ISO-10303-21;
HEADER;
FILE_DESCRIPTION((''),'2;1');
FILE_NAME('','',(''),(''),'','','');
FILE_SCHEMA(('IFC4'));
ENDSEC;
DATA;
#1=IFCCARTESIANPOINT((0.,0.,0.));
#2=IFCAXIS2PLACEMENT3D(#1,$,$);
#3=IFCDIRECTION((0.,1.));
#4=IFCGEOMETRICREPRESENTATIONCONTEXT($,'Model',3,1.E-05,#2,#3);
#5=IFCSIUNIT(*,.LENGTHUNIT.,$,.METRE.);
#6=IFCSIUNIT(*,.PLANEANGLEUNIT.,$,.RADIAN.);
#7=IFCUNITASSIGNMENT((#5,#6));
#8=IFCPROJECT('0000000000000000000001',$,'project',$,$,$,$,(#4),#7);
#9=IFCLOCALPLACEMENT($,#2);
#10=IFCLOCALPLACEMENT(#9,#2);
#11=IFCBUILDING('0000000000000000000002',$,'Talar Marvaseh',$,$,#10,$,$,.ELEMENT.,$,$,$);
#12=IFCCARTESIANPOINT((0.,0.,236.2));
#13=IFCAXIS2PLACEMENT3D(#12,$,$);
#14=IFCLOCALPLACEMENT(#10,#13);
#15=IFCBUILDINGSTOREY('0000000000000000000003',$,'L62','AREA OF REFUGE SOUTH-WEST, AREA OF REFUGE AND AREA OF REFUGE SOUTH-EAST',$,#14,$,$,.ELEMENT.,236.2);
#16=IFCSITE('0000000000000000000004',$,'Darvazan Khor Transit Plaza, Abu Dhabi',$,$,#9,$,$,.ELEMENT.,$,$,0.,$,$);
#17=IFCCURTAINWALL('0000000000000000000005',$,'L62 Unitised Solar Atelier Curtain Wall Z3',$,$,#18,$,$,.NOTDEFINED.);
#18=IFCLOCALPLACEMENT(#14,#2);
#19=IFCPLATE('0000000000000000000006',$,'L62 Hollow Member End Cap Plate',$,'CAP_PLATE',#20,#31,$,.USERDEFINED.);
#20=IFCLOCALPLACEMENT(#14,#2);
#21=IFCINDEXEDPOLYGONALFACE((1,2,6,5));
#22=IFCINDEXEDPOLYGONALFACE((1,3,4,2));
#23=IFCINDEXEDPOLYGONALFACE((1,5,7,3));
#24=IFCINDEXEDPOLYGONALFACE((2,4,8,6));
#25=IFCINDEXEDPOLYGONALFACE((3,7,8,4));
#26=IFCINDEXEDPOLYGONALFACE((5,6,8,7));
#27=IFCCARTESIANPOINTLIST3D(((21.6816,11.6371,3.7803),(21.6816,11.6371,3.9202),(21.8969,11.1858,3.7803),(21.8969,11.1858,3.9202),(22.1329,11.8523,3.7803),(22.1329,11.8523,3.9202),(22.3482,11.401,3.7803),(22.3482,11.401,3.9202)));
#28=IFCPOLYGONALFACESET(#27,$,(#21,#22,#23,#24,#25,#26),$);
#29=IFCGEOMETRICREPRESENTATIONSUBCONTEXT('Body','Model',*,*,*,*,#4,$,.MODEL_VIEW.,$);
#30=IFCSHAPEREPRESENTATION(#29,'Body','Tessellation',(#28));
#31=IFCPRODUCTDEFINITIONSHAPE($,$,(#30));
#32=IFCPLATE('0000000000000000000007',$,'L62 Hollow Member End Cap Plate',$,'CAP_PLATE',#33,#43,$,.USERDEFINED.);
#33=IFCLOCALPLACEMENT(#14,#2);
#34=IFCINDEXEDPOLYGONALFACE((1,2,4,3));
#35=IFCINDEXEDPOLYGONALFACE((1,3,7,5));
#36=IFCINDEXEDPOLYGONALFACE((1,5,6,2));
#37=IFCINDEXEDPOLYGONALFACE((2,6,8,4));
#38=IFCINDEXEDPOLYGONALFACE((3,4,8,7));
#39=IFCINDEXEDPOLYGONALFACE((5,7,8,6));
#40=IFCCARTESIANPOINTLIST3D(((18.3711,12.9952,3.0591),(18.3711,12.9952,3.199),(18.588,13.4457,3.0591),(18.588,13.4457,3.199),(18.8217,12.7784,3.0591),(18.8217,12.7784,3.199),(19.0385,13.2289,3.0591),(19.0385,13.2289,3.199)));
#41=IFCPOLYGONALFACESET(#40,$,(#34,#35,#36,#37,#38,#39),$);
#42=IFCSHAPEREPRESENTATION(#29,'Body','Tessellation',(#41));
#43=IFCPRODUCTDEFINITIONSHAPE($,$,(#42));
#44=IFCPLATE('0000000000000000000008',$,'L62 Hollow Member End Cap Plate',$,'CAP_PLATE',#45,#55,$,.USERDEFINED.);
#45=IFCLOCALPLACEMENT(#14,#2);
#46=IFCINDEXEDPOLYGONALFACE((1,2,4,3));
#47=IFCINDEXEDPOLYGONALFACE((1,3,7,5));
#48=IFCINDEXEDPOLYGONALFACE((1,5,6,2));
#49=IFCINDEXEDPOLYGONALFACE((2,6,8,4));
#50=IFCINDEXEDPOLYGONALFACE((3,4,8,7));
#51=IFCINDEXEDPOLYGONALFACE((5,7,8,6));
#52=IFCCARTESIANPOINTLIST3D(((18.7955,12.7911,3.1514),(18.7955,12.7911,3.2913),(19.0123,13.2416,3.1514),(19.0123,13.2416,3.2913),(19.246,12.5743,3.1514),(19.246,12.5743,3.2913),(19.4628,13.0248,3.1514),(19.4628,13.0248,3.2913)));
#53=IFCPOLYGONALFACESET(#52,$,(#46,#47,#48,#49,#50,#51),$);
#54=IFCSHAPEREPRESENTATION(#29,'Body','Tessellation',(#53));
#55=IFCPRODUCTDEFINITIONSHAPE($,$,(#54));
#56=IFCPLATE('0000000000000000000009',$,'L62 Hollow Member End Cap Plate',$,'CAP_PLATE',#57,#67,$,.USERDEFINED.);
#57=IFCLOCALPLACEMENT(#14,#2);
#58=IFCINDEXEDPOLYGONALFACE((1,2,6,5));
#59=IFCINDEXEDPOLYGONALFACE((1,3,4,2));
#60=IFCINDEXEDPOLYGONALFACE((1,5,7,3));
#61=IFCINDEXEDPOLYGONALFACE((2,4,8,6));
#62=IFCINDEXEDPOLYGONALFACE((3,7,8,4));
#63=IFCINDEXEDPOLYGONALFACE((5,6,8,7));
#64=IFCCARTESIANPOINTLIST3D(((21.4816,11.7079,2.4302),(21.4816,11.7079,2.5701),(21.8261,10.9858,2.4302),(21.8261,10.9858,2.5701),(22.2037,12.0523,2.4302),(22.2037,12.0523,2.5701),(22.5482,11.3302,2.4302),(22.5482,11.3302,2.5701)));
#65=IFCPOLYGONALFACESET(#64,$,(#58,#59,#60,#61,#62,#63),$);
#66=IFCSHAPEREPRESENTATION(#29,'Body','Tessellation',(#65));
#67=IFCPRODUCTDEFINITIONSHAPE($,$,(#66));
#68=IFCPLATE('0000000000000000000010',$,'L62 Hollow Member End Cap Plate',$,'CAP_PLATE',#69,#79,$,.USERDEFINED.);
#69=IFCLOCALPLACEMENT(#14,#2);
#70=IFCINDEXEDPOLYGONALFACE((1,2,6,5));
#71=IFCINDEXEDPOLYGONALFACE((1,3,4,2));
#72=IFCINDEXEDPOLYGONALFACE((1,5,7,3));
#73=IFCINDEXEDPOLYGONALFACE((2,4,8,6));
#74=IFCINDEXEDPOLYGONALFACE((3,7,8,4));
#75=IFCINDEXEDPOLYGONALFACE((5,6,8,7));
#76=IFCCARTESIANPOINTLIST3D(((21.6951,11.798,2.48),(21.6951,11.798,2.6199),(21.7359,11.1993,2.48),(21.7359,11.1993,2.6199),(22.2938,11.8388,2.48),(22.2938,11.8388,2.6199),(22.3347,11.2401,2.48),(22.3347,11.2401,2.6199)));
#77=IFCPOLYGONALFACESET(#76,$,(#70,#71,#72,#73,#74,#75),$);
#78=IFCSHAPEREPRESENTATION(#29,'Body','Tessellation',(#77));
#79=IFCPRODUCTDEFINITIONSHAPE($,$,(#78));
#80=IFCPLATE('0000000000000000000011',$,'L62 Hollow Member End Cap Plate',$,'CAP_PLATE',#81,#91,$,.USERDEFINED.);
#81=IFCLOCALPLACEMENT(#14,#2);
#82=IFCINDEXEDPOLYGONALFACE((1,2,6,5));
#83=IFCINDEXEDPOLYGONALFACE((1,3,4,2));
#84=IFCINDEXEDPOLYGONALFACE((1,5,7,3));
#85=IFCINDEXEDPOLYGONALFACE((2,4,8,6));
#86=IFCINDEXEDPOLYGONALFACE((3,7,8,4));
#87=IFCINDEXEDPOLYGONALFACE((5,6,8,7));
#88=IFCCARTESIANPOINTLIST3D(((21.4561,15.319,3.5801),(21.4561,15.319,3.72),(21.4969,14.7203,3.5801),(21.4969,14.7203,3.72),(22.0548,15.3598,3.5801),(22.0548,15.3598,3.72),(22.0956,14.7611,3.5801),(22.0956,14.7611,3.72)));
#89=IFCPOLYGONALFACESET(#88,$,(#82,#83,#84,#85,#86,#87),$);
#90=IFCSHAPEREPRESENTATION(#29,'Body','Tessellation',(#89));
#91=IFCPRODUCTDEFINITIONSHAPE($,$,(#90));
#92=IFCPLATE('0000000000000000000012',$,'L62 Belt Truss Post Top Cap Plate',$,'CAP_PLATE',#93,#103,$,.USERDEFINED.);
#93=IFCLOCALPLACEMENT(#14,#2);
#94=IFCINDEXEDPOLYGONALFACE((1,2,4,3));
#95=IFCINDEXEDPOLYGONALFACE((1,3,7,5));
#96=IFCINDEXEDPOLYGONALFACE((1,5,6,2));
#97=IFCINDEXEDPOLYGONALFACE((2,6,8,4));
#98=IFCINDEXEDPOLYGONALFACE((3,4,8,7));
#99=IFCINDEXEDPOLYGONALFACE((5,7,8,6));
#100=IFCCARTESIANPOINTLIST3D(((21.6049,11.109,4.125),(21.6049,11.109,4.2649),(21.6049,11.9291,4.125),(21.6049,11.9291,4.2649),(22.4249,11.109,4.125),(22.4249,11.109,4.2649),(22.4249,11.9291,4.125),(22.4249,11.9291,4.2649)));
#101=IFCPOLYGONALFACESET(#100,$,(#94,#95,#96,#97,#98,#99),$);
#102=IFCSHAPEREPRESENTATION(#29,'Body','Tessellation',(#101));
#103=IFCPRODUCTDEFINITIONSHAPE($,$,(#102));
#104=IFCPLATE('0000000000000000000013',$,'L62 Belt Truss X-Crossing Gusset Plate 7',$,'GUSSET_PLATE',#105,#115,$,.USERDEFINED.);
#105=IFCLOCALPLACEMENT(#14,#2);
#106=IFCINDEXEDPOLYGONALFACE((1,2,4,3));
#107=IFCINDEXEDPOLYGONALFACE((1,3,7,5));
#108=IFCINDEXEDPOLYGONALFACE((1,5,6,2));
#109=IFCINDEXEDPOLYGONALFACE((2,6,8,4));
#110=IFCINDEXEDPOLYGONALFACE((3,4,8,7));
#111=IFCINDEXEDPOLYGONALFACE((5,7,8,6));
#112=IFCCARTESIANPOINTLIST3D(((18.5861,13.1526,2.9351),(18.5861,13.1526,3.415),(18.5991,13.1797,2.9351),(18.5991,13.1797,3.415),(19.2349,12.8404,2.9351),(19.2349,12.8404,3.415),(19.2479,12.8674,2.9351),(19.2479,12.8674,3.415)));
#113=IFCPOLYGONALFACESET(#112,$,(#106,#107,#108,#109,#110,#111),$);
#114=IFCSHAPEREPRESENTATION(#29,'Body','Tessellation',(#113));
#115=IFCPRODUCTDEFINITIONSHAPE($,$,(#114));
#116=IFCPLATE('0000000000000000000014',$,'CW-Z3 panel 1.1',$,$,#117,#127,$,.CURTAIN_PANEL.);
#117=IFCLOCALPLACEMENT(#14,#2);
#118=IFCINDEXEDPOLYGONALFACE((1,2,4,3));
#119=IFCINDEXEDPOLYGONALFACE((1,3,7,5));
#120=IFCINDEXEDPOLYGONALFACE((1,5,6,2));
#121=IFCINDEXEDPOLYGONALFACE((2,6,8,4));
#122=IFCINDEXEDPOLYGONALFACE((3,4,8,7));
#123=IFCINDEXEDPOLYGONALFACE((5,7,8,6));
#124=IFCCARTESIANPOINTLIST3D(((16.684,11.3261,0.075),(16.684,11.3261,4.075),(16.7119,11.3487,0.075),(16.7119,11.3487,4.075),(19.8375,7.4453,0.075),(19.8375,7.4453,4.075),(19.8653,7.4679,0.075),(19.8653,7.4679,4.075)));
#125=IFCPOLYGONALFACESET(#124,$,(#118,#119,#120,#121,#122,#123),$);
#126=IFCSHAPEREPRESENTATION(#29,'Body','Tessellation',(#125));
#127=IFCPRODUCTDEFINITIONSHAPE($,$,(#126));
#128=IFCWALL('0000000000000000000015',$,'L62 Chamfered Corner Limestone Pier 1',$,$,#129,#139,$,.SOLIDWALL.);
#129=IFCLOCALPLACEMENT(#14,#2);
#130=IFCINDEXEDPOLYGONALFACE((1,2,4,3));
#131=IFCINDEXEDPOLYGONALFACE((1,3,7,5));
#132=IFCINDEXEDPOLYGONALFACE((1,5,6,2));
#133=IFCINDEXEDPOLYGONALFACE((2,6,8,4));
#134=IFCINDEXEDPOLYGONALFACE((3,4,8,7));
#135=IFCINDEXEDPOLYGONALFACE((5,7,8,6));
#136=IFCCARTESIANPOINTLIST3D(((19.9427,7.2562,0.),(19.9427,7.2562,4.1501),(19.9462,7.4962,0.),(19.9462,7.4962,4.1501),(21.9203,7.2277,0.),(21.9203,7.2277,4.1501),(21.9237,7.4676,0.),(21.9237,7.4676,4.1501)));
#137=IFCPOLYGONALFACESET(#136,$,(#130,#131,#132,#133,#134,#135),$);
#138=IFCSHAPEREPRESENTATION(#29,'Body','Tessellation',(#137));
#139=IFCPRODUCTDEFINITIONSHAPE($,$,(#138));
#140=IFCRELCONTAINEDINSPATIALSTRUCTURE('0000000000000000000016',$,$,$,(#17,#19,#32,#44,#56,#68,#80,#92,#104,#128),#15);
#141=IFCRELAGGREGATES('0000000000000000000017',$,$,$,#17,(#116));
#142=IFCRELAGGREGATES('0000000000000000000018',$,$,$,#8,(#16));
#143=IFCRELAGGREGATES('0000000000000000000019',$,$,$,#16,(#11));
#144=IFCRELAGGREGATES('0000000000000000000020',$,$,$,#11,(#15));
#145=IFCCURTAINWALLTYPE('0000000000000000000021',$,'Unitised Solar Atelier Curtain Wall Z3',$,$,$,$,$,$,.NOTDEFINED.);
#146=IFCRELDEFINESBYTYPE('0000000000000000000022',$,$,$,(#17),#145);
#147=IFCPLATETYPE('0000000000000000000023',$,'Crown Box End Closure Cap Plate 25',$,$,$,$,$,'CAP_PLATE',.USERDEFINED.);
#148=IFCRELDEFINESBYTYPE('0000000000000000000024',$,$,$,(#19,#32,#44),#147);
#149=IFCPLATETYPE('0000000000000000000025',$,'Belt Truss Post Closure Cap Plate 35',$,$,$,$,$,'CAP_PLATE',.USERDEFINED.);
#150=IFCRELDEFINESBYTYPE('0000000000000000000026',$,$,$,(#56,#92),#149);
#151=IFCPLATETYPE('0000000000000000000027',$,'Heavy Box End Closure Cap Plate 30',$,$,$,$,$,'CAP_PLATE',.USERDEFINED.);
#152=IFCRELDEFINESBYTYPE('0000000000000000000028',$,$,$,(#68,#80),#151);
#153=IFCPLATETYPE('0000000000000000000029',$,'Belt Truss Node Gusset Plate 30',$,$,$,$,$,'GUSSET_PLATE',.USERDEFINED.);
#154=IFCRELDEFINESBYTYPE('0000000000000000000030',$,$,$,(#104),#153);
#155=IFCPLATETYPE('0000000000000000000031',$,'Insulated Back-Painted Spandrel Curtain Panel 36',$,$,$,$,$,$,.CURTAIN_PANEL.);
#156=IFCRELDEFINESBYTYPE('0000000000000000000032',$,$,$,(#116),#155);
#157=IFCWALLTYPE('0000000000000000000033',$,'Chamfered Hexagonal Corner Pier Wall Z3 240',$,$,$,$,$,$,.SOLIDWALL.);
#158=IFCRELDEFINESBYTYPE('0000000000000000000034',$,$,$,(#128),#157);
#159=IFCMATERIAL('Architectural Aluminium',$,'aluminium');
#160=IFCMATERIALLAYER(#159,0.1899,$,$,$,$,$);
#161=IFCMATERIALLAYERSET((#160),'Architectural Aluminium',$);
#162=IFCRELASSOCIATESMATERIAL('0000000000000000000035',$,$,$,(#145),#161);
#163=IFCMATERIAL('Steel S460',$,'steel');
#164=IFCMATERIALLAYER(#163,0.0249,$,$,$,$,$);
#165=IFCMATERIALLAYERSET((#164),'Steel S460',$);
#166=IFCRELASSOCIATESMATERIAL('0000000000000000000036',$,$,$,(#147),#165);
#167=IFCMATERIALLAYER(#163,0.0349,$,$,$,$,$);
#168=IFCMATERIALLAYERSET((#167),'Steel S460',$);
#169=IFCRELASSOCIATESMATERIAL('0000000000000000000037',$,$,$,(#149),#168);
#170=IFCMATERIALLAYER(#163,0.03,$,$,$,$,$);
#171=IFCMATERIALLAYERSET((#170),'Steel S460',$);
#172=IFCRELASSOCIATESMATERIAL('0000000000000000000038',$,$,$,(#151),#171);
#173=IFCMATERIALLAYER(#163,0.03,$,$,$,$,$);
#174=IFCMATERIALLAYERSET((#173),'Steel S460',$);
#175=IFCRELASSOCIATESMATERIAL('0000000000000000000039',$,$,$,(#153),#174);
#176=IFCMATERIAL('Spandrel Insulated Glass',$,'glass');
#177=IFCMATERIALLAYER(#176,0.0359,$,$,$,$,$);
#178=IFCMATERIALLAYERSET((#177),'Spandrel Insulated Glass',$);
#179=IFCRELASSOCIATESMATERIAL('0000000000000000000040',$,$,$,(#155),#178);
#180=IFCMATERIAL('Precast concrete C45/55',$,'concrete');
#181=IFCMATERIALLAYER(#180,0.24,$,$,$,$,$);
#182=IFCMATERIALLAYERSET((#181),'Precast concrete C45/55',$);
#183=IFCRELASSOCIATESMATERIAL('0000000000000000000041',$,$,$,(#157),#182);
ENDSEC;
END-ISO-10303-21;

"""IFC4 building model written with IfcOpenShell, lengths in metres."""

from ifc_helpers import new_model, si_unit, direction, frame, frame_2d, origin, origin_2d, place, context, subcontext, project, spatial, rectangle, extrude, source, transform, mapped, material, layer, layer_set, type_object, type_shapes, element, aggregate, save


model = new_model("IFC4")

# Units and contexts
model_context = context("Model", 3, precision=1e-05, world=origin(), true_north=direction((0.0, 1.0)))
body_context = subcontext(model_context, "Body", "Model", "MODEL_VIEW")
ifc_project = project(units=[si_unit("LENGTHUNIT", "METRE"), si_unit("PLANEANGLEUNIT", "RADIAN")], contexts=[model_context])

# Site, building, storey
site_placement = place(None, origin())
site = spatial("IfcSite", under=ifc_project, at=site_placement, Name="Darvazan Khor Transit Plaza, Abu Dhabi", CompositionType="ELEMENT", RefElevation=0.0)
building_placement = place(site_placement, origin())
building = spatial("IfcBuilding", under=site, at=building_placement, Name="Talar Marvaseh", CompositionType="ELEMENT")
storey_placement = place(building_placement, frame((0.0, 0.0, 236.2)))
storey = spatial("IfcBuildingStorey", under=building, at=storey_placement, Name="L62", Description="AREA OF REFUGE SOUTH-WEST, AREA OF REFUGE AND AREA OF REFUGE SOUTH-EAST", CompositionType="ELEMENT", Elevation=236.2)

# Shared definitions
ifc_material_1 = material(Name="Steel S460", Category="steel")

# Curtain wall
ifc_material_2 = material(Name="Architectural Aluminium", Category="aluminium")
ifc_layer_1 = layer(ifc_material_2, 0.1899)
ifc_layer_set_1 = layer_set([ifc_layer_1], Name="Architectural Aluminium")
curtain_wall_type = type_object("IfcCurtainWallType", Name="Unitised Solar Atelier Curtain Wall Z3", PredefinedType="NOTDEFINED", material=ifc_layer_set_1)
curtain_wall_1_placement = place(storey_placement, origin())
curtain_wall_1 = element("IfcCurtainWall", 1, at=curtain_wall_1_placement, inside=storey, type_object=curtain_wall_type, Name="L62 Unitised Solar Atelier Curtain Wall Z3", PredefinedType="NOTDEFINED")

# Plates
ifc_layer_2 = layer(ifc_material_1, 0.0249)
ifc_layer_set_2 = layer_set([ifc_layer_2], Name="Steel S460")
plate_type_1 = type_object("IfcPlateType", Name="Crown Box End Closure Cap Plate 25", ElementType="CAP_PLATE", PredefinedType="USERDEFINED", material=ifc_layer_set_2)
shared_shape_1 = source(origin(), body_context, "Body", "SweptSolid", [
    extrude(rectangle(XDim=0.5, YDim=0.5, at=origin_2d()), origin(), (0.0, 0.0, 1.0), 0.1399),
])
type_shapes(plate_type_1, [shared_shape_1])
for number, where, z_axis, x_axis, name in (
    (2, (22.0149, 11.519, 3.7803), (0.0, 0.0, 1.0), (-0.902585, -0.430511, 0.0), "L62 Hollow Member End Cap Plate"),
    (3, (18.7048, 13.1121, 3.0591), (0.0, 0.0, 1.0), (0.901077, -0.433659, 0.0), "L62 Hollow Member End Cap Plate"),
    (4, (19.1292, 12.908, 3.1514), (0.0, 0.0, 1.0), (0.901077, -0.433659, 0.0), "L62 Hollow Member End Cap Plate"),
):
    element("IfcPlate", number, at=place(storey_placement, frame(where, z_axis=z_axis, x_axis=x_axis)), inside=storey, type_object=plate_type_1, Name=name, ObjectType="CAP_PLATE", PredefinedType="USERDEFINED", context=body_context, shape_type="MappedRepresentation", body=[
        mapped(shared_shape_1, transform((0.0, 0.0, 0.0), x_axis=(1.0, 0.0, 0.0), y_axis=(0.0, 1.0, 0.0), z_axis=(0.0, 0.0, 1.0), scale=1.0)),
    ])
ifc_layer_3 = layer(ifc_material_1, 0.0349)
ifc_layer_set_3 = layer_set([ifc_layer_3], Name="Steel S460")
plate_type_2 = type_object("IfcPlateType", Name="Belt Truss Post Closure Cap Plate 35", ElementType="CAP_PLATE", PredefinedType="USERDEFINED", material=ifc_layer_set_3)
shared_shape_2 = source(origin(), body_context, "Body", "SweptSolid", [
    extrude(rectangle(XDim=0.8, YDim=0.8, at=origin_2d()), origin(), (0.0, 0.0, 1.0), 0.1399),
])
plate_1_placement = place(storey_placement, frame((22.0149, 11.519, 2.4302), z_axis=(0.0, 0.0, 1.0), x_axis=(-0.902585, -0.430511, 0.0)))
element("IfcPlate", 5, at=plate_1_placement, inside=storey, type_object=plate_type_2, Name="L62 Hollow Member End Cap Plate", ObjectType="CAP_PLATE", PredefinedType="USERDEFINED", context=body_context, shape_type="MappedRepresentation", body=[
    mapped(shared_shape_2, transform((0.0, 0.0, 0.0), x_axis=(1.0, 0.0, 0.0), y_axis=(0.0, 1.0, 0.0), z_axis=(0.0, 0.0, 1.0), scale=1.0)),
])
ifc_layer_4 = layer(ifc_material_1, 0.03)
ifc_layer_set_4 = layer_set([ifc_layer_4], Name="Steel S460")
plate_type_3 = type_object("IfcPlateType", Name="Heavy Box End Closure Cap Plate 30", ElementType="CAP_PLATE", PredefinedType="USERDEFINED", material=ifc_layer_set_4)
shared_shape_3 = source(origin(), body_context, "Body", "SweptSolid", [
    extrude(rectangle(XDim=0.6001, YDim=0.6001, at=origin_2d()), origin(), (0.0, 0.0, 1.0), 0.1399),
])
type_shapes(plate_type_3, [shared_shape_3])
for number, where, z_axis, x_axis, name in (
    (6, (22.0149, 11.519, 2.48), (0.0, 0.0, 1.0), (-0.068015, 0.997684, 0.0), "L62 Hollow Member End Cap Plate"),
    (7, (21.7759, 15.04, 3.5801), (0.0, 0.0, 1.0), (-0.068015, 0.997684, 0.0), "L62 Hollow Member End Cap Plate"),
):
    element("IfcPlate", number, at=place(storey_placement, frame(where, z_axis=z_axis, x_axis=x_axis)), inside=storey, type_object=plate_type_3, Name=name, ObjectType="CAP_PLATE", PredefinedType="USERDEFINED", context=body_context, shape_type="MappedRepresentation", body=[
        mapped(shared_shape_3, transform((0.0, 0.0, 0.0), x_axis=(1.0, 0.0, 0.0), y_axis=(0.0, 1.0, 0.0), z_axis=(0.0, 0.0, 1.0), scale=1.0)),
    ])
shared_shape_4 = source(origin(), body_context, "Body", "SweptSolid", [
    extrude(rectangle(XDim=0.8201, YDim=0.8201, at=origin_2d()), origin(), (0.0, 0.0, 1.0), 0.1399),
])
type_shapes(plate_type_2, [shared_shape_2, shared_shape_4])
plate_2_placement = place(storey_placement, frame((22.0149, 11.519, 4.125), z_axis=(0.0, 0.0, 1.0), x_axis=(1.0, 0.0, 0.0)))
element("IfcPlate", 8, at=plate_2_placement, inside=storey, type_object=plate_type_2, Name="L62 Belt Truss Post Top Cap Plate", ObjectType="CAP_PLATE", PredefinedType="USERDEFINED", context=body_context, shape_type="MappedRepresentation", body=[
    mapped(shared_shape_4, transform((0.0, 0.0, 0.0), x_axis=(1.0, 0.0, 0.0), y_axis=(0.0, 1.0, 0.0), z_axis=(0.0, 0.0, 1.0), scale=1.0)),
])
ifc_layer_5 = layer(ifc_material_1, 0.03)
ifc_layer_set_5 = layer_set([ifc_layer_5], Name="Steel S460")
plate_type_4 = type_object("IfcPlateType", Name="Belt Truss Node Gusset Plate 30", ElementType="GUSSET_PLATE", PredefinedType="USERDEFINED", material=ifc_layer_set_5)
shared_shape_5 = source(origin(), body_context, "Body", "SweptSolid", [
    extrude(rectangle(XDim=0.72, YDim=0.03, at=origin_2d()), origin(), (0.0, 0.0, 1.0), 0.48),
])
type_shapes(plate_type_4, [shared_shape_5])
plate_3_placement = place(storey_placement, frame((18.917, 13.01, 2.9351), z_axis=(0.0, 0.0, 1.0), x_axis=(-0.901077, 0.433659, 0.0)))
element("IfcPlate", 9, at=plate_3_placement, inside=storey, type_object=plate_type_4, Name="L62 Belt Truss X-Crossing Gusset Plate 7", ObjectType="GUSSET_PLATE", PredefinedType="USERDEFINED", context=body_context, shape_type="MappedRepresentation", body=[
    mapped(shared_shape_5, transform((0.0, 0.0, 0.0), x_axis=(1.0, 0.0, 0.0), y_axis=(0.0, 1.0, 0.0), z_axis=(0.0, 0.0, 1.0), scale=1.0)),
])

# Plate
ifc_material_3 = material(Name="Spandrel Insulated Glass", Category="glass")
ifc_layer_6 = layer(ifc_material_3, 0.0359)
ifc_layer_set_6 = layer_set([ifc_layer_6], Name="Spandrel Insulated Glass")
plate_type_5 = type_object("IfcPlateType", Name="Insulated Back-Painted Spandrel Curtain Panel 36", PredefinedType="CURTAIN_PANEL", material=ifc_layer_set_6)
shared_shape_6 = source(origin(), body_context, "Body", "SweptSolid", [
    extrude(rectangle(XDim=5.0005, YDim=0.0359, at=origin_2d()), origin(), (0.0, 0.0, 1.0), 4.0),
])
type_shapes(plate_type_5, [shared_shape_6])
plate_4_placement = place(storey_placement, frame((18.2747, 9.397, 0.075), z_axis=(0.0, 0.0, 1.0), x_axis=(-0.630627, 0.776086, 0.0)))
plate_4 = element("IfcPlate", 10, at=plate_4_placement, type_object=plate_type_5, Name="CW-Z3 panel 1.1", PredefinedType="CURTAIN_PANEL", context=body_context, shape_type="MappedRepresentation", body=[
    mapped(shared_shape_6, transform((0.0, 0.0, 0.0), x_axis=(1.0, 0.0, 0.0), y_axis=(0.0, 1.0, 0.0), z_axis=(0.0, 0.0, 1.0), scale=1.0)),
])
aggregate(curtain_wall_1, [plate_4])

# Wall
ifc_material_4 = material(Name="Precast concrete C45/55", Category="concrete")
ifc_layer_7 = layer(ifc_material_4, 0.24)
ifc_layer_set_7 = layer_set([ifc_layer_7], Name="Precast concrete C45/55")
wall_type = type_object("IfcWallType", Name="Chamfered Hexagonal Corner Pier Wall Z3 240", PredefinedType="SOLIDWALL", material=ifc_layer_set_7)
wall_placement = place(storey_placement, frame((21.9219, 7.3477, 0.0), z_axis=(0.0, 0.0, 1.0), x_axis=(-0.999896, 0.014443, 0.0)))
element("IfcWall", 11, at=wall_placement, inside=storey, type_object=wall_type, Name="L62 Chamfered Corner Limestone Pier 1", PredefinedType="SOLIDWALL", context=body_context, shape_type="SweptSolid", body=[
    extrude(rectangle(XDim=1.9778, YDim=0.24, at=frame_2d((0.9888, 0.0))), origin(), (0.0, 0.0, 1.0), 4.1501),
])

save(model, "model.ifc")
